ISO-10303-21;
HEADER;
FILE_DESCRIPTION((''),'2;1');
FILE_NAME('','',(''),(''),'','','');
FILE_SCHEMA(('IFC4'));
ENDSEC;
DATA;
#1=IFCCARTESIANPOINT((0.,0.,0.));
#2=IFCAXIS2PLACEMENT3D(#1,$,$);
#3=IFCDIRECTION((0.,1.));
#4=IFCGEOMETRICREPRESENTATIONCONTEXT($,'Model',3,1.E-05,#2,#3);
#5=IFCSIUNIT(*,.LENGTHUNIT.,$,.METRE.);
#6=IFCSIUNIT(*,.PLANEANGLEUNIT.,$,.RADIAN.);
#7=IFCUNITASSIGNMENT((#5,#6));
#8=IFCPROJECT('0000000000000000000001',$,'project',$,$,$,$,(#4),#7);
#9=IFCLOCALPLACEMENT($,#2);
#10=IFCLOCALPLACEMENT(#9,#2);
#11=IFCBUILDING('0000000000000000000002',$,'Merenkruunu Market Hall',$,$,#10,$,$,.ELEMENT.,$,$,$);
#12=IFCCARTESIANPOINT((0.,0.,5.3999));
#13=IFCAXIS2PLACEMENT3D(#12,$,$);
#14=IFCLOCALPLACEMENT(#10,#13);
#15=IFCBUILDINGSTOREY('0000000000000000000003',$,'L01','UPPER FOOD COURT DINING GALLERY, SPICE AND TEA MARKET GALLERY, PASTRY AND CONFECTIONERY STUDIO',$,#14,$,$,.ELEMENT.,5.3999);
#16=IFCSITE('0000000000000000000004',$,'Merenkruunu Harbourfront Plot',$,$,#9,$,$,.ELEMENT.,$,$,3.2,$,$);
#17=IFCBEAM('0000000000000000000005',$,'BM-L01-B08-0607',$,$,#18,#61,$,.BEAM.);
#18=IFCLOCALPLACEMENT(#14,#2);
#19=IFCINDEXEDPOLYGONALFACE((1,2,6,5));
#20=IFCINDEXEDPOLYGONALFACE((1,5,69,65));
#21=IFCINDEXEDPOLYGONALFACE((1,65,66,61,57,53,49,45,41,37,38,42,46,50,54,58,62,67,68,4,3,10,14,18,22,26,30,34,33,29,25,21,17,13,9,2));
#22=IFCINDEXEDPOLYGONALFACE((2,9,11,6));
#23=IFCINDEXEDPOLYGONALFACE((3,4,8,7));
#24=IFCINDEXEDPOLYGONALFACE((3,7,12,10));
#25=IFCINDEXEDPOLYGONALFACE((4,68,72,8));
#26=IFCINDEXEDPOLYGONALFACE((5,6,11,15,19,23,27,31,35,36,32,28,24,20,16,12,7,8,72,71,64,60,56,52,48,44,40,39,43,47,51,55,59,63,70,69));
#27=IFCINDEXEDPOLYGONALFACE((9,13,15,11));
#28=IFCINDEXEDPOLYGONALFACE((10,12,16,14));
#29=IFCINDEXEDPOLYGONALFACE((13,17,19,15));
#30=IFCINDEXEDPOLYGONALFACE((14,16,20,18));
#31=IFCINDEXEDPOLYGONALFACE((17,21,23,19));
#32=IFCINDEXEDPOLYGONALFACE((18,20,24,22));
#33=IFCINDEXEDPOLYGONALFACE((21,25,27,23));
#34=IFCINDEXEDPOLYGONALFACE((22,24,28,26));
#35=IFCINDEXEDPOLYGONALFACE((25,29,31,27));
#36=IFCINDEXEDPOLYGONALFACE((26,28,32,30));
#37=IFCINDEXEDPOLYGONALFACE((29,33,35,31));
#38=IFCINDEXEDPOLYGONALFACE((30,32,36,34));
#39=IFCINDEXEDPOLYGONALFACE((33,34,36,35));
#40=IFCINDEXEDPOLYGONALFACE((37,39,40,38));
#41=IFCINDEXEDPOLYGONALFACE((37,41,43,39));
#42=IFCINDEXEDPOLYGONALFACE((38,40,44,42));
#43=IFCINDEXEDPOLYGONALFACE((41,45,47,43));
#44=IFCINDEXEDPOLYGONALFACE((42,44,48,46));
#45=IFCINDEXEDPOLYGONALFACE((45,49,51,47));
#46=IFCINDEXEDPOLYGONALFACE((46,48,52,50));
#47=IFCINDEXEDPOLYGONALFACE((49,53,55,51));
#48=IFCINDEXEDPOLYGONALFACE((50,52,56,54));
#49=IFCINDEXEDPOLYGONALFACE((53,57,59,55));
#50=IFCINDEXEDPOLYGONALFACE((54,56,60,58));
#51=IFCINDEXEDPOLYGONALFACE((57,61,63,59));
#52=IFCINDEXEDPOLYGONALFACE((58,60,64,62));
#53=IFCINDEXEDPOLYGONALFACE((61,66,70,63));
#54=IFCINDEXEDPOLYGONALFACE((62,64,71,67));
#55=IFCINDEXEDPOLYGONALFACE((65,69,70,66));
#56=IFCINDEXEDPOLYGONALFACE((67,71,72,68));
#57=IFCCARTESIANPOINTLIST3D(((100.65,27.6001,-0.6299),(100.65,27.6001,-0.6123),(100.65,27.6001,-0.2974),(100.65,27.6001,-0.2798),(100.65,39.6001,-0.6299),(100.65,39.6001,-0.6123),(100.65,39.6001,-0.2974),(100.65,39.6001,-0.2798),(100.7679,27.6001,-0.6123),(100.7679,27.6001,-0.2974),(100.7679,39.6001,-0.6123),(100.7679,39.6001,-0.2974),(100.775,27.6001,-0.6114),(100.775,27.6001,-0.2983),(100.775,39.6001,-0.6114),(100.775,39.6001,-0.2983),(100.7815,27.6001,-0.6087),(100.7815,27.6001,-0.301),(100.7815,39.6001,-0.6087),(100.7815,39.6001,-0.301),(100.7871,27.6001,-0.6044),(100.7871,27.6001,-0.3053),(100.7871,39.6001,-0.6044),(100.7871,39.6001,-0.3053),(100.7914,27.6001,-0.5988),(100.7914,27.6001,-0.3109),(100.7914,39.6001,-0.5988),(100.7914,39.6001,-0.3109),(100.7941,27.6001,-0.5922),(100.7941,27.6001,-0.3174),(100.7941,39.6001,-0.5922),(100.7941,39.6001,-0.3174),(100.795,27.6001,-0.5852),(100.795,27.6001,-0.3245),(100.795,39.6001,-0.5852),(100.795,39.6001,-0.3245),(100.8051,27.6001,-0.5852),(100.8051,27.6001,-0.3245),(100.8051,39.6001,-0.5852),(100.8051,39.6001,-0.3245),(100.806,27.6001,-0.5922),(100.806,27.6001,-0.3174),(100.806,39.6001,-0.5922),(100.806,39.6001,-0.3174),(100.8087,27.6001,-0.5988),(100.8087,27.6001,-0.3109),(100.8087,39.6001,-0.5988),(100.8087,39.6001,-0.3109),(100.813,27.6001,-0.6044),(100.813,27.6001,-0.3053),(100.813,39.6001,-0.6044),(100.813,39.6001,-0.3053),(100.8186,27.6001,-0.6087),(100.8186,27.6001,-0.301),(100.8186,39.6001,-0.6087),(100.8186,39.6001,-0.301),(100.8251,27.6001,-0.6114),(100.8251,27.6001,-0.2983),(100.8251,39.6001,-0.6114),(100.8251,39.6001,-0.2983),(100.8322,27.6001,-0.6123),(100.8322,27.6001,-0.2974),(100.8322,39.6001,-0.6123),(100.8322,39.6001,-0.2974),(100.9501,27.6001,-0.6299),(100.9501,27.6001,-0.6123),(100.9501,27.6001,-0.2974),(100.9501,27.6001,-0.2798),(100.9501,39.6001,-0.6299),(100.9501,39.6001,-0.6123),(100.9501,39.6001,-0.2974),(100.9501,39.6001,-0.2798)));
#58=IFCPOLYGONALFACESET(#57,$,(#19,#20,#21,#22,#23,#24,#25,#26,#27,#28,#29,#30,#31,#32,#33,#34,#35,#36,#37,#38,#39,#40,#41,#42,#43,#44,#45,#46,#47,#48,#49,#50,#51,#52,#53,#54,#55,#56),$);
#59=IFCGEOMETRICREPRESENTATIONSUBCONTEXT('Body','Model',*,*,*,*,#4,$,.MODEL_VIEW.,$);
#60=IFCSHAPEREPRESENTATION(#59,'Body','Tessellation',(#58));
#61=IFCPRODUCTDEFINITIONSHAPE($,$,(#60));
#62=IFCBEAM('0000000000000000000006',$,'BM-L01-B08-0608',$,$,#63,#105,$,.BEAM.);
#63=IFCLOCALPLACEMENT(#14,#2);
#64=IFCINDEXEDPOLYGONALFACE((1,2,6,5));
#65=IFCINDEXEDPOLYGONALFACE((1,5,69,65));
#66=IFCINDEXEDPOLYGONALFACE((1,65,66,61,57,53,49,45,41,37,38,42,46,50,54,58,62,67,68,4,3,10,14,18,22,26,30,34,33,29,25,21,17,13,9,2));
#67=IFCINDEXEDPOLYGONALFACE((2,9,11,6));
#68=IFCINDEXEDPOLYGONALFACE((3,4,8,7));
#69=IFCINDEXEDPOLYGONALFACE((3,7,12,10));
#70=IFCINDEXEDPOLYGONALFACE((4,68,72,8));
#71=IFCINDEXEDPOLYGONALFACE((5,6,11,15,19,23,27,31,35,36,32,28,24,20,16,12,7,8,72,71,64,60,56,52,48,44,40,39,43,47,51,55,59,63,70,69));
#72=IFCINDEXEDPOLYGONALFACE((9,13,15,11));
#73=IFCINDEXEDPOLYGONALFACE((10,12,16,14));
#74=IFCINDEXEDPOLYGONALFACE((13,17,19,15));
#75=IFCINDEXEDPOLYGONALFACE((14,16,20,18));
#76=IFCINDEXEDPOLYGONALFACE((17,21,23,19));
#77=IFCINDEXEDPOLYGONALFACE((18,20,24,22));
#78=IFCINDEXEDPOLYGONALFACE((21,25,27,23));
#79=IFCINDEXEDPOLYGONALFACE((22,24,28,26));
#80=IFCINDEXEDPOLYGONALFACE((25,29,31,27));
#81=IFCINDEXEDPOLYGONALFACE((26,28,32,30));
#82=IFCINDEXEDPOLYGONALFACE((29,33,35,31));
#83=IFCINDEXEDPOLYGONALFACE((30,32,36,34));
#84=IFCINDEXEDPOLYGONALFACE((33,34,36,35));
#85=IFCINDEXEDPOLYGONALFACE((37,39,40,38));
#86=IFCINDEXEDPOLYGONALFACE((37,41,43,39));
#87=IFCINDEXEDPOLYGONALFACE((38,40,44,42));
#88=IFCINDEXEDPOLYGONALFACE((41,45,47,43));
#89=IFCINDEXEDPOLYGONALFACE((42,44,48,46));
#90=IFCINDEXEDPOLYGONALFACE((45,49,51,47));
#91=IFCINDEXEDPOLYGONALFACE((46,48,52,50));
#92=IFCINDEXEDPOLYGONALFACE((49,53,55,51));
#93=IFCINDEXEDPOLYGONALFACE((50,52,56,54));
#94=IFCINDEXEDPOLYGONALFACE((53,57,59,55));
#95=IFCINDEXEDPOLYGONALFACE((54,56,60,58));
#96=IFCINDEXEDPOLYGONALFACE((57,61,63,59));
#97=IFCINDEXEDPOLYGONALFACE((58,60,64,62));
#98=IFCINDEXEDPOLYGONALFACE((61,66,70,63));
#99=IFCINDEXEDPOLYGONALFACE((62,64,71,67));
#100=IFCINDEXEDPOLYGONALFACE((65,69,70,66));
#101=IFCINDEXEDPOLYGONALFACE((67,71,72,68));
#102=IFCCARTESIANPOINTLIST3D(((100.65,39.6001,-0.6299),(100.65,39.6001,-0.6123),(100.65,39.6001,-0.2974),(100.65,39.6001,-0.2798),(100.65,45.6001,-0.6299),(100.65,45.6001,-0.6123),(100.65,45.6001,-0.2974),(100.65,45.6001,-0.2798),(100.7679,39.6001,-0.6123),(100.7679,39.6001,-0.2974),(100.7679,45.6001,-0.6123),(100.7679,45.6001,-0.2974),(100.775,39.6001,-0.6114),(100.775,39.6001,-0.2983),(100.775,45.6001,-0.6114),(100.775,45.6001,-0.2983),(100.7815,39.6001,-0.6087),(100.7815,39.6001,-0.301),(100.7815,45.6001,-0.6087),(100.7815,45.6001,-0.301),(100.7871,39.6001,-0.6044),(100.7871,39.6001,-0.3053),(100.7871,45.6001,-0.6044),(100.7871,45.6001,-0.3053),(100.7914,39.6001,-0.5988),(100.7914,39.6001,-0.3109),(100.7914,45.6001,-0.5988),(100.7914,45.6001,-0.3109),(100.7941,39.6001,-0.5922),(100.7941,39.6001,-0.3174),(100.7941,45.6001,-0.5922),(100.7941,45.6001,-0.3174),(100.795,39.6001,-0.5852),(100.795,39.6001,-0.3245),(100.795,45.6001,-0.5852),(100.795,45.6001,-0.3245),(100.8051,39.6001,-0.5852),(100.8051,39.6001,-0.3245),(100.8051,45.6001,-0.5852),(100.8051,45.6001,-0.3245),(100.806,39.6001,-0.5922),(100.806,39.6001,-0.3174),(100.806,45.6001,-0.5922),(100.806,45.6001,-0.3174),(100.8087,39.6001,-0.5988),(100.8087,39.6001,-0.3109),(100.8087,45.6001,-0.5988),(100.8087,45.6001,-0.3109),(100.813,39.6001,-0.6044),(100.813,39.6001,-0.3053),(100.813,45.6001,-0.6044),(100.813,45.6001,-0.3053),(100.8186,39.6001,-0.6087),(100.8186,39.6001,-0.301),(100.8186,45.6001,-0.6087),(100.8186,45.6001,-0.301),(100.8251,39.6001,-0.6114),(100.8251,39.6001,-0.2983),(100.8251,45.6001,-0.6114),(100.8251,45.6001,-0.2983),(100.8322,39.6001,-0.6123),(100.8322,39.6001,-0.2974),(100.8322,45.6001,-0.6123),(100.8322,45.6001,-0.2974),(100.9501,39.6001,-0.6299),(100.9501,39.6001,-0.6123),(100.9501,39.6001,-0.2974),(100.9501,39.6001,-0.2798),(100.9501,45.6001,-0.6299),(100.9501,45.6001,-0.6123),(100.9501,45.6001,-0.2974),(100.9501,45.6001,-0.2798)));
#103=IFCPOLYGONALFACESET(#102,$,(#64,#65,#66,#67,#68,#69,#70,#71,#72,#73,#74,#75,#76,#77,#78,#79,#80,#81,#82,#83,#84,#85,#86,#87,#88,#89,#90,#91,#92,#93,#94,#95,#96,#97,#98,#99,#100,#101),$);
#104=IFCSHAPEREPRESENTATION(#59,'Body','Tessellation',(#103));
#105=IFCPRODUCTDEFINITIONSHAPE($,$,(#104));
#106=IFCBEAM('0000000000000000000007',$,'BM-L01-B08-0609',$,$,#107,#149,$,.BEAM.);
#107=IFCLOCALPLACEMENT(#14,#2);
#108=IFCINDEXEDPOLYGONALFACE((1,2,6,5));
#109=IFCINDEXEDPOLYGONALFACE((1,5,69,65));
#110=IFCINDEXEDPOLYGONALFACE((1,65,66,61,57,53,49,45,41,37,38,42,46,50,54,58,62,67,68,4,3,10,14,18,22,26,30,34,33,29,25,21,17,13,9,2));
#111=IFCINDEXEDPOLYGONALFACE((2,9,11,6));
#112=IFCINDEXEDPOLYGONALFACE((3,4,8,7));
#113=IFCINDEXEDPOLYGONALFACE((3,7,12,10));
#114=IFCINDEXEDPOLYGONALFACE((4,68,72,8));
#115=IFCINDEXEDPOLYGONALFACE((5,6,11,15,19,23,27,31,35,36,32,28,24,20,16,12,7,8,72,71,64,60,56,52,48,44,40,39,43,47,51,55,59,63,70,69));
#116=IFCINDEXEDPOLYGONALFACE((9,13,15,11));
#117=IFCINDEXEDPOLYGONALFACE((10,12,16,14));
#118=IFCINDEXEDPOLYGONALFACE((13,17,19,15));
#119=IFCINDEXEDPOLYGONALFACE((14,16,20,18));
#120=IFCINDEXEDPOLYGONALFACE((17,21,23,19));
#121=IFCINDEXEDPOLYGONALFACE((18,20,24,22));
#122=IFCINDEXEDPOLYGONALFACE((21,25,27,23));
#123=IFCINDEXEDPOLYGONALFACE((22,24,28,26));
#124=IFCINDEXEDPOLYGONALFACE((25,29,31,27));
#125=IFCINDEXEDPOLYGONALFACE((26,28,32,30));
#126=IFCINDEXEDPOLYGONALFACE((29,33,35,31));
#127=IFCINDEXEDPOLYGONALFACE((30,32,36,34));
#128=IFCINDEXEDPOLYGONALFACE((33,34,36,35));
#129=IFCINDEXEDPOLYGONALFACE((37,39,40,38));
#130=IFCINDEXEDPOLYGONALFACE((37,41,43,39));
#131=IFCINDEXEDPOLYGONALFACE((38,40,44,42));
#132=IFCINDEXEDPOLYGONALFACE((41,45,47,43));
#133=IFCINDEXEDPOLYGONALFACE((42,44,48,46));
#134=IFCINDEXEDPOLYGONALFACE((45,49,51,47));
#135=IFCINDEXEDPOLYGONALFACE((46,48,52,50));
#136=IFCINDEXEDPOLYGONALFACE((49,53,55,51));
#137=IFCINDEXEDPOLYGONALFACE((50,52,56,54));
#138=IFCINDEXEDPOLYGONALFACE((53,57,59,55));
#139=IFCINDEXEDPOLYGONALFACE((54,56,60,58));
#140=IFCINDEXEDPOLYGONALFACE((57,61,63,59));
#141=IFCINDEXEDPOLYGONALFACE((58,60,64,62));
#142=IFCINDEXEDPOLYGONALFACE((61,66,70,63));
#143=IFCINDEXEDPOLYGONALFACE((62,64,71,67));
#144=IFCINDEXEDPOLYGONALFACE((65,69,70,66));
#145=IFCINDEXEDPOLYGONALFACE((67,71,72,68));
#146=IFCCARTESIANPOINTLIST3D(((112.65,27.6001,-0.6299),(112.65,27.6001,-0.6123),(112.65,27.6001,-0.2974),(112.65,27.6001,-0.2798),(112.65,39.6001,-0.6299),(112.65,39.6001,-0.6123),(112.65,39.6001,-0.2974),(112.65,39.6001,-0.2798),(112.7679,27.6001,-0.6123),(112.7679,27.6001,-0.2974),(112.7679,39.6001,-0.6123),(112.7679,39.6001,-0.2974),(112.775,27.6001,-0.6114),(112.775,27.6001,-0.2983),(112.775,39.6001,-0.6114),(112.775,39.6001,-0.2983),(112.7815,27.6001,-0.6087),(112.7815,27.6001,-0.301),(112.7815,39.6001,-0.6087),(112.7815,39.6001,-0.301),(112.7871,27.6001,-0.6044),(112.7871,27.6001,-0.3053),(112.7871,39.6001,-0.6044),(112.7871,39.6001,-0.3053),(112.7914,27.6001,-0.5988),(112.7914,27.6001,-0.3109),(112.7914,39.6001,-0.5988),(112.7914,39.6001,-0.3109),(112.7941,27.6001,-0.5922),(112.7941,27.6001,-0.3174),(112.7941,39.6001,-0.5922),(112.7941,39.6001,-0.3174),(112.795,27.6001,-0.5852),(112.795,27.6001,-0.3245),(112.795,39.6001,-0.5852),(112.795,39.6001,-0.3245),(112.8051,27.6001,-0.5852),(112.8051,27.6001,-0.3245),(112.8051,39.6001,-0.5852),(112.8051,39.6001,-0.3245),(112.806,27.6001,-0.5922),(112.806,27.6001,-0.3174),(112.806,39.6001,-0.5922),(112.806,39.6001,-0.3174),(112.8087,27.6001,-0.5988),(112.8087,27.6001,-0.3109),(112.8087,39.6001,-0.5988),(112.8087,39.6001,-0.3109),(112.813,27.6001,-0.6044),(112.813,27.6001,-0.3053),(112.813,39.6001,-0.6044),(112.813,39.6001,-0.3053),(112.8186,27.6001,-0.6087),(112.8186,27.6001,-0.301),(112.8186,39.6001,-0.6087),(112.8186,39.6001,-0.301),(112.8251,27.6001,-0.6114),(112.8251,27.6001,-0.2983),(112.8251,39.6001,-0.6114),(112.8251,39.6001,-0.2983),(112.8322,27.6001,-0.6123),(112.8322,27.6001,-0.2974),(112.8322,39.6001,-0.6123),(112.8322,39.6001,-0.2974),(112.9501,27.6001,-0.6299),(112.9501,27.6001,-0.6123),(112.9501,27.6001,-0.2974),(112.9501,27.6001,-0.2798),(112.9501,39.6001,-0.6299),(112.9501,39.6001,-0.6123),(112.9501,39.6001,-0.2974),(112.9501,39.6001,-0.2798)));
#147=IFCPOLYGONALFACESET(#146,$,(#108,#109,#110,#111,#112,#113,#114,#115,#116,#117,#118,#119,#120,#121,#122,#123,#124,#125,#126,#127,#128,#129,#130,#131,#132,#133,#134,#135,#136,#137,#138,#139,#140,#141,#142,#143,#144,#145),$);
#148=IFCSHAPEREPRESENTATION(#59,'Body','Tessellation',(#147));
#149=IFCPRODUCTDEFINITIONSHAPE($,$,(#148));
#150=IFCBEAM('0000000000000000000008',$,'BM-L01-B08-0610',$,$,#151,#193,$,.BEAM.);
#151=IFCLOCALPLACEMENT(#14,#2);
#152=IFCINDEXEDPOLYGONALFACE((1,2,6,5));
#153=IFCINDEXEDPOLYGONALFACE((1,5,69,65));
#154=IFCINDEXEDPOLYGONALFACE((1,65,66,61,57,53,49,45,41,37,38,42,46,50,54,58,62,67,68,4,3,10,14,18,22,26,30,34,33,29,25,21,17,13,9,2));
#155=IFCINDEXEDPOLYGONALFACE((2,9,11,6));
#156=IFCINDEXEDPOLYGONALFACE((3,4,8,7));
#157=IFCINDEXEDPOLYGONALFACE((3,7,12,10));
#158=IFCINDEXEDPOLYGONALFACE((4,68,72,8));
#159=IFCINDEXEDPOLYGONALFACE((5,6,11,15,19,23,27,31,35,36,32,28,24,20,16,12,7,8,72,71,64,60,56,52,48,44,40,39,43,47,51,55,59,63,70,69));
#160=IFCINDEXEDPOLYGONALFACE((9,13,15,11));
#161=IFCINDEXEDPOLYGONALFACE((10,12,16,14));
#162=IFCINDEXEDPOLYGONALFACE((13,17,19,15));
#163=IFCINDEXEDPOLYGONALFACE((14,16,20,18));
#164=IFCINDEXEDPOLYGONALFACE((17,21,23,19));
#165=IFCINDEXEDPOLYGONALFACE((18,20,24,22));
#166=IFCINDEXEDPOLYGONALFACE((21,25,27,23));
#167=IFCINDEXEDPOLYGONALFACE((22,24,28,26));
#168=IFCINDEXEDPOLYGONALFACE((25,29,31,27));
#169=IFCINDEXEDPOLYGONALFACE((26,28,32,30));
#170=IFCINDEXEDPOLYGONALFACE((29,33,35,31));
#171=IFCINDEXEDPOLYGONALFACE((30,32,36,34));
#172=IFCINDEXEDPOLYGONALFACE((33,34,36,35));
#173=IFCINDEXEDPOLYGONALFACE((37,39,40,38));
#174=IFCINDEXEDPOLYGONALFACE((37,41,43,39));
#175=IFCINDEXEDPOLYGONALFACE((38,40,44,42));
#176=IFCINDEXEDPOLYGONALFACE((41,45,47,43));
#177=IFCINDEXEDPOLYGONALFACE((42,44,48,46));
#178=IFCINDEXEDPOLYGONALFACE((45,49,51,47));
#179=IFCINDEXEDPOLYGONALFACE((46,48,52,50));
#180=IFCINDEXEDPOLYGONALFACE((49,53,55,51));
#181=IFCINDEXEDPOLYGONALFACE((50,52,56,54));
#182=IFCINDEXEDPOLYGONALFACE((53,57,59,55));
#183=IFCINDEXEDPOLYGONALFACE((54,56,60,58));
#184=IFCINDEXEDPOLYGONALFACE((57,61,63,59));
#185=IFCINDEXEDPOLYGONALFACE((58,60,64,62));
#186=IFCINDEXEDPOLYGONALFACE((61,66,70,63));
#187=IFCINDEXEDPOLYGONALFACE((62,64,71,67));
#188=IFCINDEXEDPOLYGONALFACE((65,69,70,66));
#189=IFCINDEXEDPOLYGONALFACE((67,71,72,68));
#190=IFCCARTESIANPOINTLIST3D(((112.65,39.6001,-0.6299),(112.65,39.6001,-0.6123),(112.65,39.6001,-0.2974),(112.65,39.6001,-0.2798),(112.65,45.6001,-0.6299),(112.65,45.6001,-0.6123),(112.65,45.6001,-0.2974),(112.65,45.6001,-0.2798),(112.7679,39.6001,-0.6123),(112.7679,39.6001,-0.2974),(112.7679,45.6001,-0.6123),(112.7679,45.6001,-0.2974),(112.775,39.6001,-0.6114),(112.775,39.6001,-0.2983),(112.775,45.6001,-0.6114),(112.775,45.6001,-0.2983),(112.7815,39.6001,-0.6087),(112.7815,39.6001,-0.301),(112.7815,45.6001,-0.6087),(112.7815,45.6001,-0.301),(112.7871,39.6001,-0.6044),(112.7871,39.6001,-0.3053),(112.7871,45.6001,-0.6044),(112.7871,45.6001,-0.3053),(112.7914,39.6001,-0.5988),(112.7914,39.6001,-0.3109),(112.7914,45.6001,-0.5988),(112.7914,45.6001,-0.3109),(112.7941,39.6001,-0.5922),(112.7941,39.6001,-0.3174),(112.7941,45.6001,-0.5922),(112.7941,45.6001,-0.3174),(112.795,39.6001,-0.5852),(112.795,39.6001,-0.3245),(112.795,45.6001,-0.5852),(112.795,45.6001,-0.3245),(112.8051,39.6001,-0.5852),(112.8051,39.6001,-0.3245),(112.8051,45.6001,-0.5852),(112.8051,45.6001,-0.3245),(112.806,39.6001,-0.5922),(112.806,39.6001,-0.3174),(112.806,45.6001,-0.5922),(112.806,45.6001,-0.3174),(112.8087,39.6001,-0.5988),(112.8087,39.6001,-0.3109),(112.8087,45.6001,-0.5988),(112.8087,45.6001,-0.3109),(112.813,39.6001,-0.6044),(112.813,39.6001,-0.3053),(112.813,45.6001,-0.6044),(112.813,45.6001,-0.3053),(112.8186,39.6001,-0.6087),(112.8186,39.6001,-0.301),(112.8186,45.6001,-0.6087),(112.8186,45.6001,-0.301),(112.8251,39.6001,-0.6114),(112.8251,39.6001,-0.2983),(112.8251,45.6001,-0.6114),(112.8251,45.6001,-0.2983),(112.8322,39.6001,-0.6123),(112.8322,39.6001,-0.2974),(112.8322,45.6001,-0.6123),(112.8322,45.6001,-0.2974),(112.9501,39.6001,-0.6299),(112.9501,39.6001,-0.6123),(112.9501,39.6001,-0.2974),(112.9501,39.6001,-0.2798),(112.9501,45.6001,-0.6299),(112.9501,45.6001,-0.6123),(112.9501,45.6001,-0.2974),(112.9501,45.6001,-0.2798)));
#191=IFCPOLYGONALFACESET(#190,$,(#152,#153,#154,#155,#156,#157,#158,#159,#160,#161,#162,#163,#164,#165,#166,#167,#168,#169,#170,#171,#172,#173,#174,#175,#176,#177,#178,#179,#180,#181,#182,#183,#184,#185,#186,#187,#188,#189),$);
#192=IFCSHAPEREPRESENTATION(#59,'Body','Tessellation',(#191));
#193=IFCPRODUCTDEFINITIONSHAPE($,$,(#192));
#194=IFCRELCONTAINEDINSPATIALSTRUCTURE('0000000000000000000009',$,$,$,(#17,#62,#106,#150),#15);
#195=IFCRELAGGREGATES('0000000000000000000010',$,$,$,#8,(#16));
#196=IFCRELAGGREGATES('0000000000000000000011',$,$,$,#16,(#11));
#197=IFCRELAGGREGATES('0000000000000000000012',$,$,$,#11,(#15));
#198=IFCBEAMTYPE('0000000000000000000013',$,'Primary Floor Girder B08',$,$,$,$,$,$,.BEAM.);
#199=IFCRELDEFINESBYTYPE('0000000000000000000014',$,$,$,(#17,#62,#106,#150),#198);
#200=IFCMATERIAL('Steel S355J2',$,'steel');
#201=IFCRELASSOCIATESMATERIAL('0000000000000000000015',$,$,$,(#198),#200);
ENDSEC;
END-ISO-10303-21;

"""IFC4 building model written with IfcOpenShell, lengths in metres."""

from ifc_helpers import new_model, si_unit, direction, frame, origin, origin_2d, place, context, subcontext, project, spatial, i_section, extrude, material, material_profile, profile_set, type_object, element, save


model = new_model("IFC4")

# Units and contexts
model_context = context("Model", 3, precision=1e-05, world=origin(), true_north=direction((0.0, 1.0)))
body_context = subcontext(model_context, "Body", "Model", "MODEL_VIEW")
ifc_project = project(units=[si_unit("LENGTHUNIT", "METRE"), si_unit("PLANEANGLEUNIT", "RADIAN")], contexts=[model_context])

# Site, building, storey
site_placement = place(None, origin())
site = spatial("IfcSite", under=ifc_project, at=site_placement, Name="Merenkruunu Harbourfront Plot", CompositionType="ELEMENT", RefElevation=3.2)
building_placement = place(site_placement, origin())
building = spatial("IfcBuilding", under=site, at=building_placement, Name="Merenkruunu Market Hall", CompositionType="ELEMENT")
storey_placement = place(building_placement, frame((0.0, 0.0, 5.3999)))
storey = spatial("IfcBuildingStorey", under=building, at=storey_placement, Name="L01", Description="UPPER FOOD COURT DINING GALLERY, SPICE AND TEA MARKET GALLERY, PASTRY AND CONFECTIONERY STUDIO", CompositionType="ELEMENT", Elevation=5.3999)

# Shared definitions
ifc_material_1 = material(Name="Steel S355J2", Category="steel")

# Beams
ifc_material_profile_1 = material_profile(ifc_material_1, i_section(OverallWidth=0.3, OverallDepth=0.3501, WebThickness=0.01, FlangeThickness=0.0176, FilletRadius=0.0271, at=origin_2d()), Name="HEA 360")
ifc_profile_set_1 = profile_set([ifc_material_profile_1], Name="Steel S355J2")
beam_type_1 = type_object("IfcBeamType", Name="Primary Floor Girder B08", PredefinedType="BEAM", material=ifc_profile_set_1)
beam_1_placement = place(storey_placement, frame((100.8, 27.6001, -0.4548), z_axis=(0.0, 1.0, 0.0), x_axis=(-1.0, 0.0, 0.0)))
element("IfcBeam", 1, at=beam_1_placement, inside=storey, type_object=beam_type_1, Name="BM-L01-B08-0607", PredefinedType="BEAM", context=body_context, shape_type="SweptSolid", body=[
    extrude(i_section(OverallWidth=0.3, OverallDepth=0.3501, WebThickness=0.01, FlangeThickness=0.0176, FilletRadius=0.0271, at=origin_2d()), origin(), (0.0, 0.0, 1.0), 12.0),
])
beam_2_placement = place(storey_placement, frame((100.8, 39.6001, -0.4548), z_axis=(0.0, 1.0, 0.0), x_axis=(-1.0, 0.0, 0.0)))
element("IfcBeam", 2, at=beam_2_placement, inside=storey, type_object=beam_type_1, Name="BM-L01-B08-0608", PredefinedType="BEAM", context=body_context, shape_type="SweptSolid", body=[
    extrude(i_section(OverallWidth=0.3, OverallDepth=0.3501, WebThickness=0.01, FlangeThickness=0.0176, FilletRadius=0.0271, at=origin_2d()), origin(), (0.0, 0.0, 1.0), 6.0),
])
beam_3_placement = place(storey_placement, frame((112.8, 27.6001, -0.4548), z_axis=(0.0, 1.0, 0.0), x_axis=(-1.0, 0.0, 0.0)))
element("IfcBeam", 3, at=beam_3_placement, inside=storey, type_object=beam_type_1, Name="BM-L01-B08-0609", PredefinedType="BEAM", context=body_context, shape_type="SweptSolid", body=[
    extrude(i_section(OverallWidth=0.3, OverallDepth=0.3501, WebThickness=0.01, FlangeThickness=0.0176, FilletRadius=0.0271, at=origin_2d()), origin(), (0.0, 0.0, 1.0), 12.0),
])
beam_4_placement = place(storey_placement, frame((112.8, 39.6001, -0.4548), z_axis=(0.0, 1.0, 0.0), x_axis=(-1.0, 0.0, 0.0)))
element("IfcBeam", 4, at=beam_4_placement, inside=storey, type_object=beam_type_1, Name="BM-L01-B08-0610", PredefinedType="BEAM", context=body_context, shape_type="SweptSolid", body=[
    extrude(i_section(OverallWidth=0.3, OverallDepth=0.3501, WebThickness=0.01, FlangeThickness=0.0176, FilletRadius=0.0271, at=origin_2d()), origin(), (0.0, 0.0, 1.0), 6.0),
])

save(model, "model.ifc")
